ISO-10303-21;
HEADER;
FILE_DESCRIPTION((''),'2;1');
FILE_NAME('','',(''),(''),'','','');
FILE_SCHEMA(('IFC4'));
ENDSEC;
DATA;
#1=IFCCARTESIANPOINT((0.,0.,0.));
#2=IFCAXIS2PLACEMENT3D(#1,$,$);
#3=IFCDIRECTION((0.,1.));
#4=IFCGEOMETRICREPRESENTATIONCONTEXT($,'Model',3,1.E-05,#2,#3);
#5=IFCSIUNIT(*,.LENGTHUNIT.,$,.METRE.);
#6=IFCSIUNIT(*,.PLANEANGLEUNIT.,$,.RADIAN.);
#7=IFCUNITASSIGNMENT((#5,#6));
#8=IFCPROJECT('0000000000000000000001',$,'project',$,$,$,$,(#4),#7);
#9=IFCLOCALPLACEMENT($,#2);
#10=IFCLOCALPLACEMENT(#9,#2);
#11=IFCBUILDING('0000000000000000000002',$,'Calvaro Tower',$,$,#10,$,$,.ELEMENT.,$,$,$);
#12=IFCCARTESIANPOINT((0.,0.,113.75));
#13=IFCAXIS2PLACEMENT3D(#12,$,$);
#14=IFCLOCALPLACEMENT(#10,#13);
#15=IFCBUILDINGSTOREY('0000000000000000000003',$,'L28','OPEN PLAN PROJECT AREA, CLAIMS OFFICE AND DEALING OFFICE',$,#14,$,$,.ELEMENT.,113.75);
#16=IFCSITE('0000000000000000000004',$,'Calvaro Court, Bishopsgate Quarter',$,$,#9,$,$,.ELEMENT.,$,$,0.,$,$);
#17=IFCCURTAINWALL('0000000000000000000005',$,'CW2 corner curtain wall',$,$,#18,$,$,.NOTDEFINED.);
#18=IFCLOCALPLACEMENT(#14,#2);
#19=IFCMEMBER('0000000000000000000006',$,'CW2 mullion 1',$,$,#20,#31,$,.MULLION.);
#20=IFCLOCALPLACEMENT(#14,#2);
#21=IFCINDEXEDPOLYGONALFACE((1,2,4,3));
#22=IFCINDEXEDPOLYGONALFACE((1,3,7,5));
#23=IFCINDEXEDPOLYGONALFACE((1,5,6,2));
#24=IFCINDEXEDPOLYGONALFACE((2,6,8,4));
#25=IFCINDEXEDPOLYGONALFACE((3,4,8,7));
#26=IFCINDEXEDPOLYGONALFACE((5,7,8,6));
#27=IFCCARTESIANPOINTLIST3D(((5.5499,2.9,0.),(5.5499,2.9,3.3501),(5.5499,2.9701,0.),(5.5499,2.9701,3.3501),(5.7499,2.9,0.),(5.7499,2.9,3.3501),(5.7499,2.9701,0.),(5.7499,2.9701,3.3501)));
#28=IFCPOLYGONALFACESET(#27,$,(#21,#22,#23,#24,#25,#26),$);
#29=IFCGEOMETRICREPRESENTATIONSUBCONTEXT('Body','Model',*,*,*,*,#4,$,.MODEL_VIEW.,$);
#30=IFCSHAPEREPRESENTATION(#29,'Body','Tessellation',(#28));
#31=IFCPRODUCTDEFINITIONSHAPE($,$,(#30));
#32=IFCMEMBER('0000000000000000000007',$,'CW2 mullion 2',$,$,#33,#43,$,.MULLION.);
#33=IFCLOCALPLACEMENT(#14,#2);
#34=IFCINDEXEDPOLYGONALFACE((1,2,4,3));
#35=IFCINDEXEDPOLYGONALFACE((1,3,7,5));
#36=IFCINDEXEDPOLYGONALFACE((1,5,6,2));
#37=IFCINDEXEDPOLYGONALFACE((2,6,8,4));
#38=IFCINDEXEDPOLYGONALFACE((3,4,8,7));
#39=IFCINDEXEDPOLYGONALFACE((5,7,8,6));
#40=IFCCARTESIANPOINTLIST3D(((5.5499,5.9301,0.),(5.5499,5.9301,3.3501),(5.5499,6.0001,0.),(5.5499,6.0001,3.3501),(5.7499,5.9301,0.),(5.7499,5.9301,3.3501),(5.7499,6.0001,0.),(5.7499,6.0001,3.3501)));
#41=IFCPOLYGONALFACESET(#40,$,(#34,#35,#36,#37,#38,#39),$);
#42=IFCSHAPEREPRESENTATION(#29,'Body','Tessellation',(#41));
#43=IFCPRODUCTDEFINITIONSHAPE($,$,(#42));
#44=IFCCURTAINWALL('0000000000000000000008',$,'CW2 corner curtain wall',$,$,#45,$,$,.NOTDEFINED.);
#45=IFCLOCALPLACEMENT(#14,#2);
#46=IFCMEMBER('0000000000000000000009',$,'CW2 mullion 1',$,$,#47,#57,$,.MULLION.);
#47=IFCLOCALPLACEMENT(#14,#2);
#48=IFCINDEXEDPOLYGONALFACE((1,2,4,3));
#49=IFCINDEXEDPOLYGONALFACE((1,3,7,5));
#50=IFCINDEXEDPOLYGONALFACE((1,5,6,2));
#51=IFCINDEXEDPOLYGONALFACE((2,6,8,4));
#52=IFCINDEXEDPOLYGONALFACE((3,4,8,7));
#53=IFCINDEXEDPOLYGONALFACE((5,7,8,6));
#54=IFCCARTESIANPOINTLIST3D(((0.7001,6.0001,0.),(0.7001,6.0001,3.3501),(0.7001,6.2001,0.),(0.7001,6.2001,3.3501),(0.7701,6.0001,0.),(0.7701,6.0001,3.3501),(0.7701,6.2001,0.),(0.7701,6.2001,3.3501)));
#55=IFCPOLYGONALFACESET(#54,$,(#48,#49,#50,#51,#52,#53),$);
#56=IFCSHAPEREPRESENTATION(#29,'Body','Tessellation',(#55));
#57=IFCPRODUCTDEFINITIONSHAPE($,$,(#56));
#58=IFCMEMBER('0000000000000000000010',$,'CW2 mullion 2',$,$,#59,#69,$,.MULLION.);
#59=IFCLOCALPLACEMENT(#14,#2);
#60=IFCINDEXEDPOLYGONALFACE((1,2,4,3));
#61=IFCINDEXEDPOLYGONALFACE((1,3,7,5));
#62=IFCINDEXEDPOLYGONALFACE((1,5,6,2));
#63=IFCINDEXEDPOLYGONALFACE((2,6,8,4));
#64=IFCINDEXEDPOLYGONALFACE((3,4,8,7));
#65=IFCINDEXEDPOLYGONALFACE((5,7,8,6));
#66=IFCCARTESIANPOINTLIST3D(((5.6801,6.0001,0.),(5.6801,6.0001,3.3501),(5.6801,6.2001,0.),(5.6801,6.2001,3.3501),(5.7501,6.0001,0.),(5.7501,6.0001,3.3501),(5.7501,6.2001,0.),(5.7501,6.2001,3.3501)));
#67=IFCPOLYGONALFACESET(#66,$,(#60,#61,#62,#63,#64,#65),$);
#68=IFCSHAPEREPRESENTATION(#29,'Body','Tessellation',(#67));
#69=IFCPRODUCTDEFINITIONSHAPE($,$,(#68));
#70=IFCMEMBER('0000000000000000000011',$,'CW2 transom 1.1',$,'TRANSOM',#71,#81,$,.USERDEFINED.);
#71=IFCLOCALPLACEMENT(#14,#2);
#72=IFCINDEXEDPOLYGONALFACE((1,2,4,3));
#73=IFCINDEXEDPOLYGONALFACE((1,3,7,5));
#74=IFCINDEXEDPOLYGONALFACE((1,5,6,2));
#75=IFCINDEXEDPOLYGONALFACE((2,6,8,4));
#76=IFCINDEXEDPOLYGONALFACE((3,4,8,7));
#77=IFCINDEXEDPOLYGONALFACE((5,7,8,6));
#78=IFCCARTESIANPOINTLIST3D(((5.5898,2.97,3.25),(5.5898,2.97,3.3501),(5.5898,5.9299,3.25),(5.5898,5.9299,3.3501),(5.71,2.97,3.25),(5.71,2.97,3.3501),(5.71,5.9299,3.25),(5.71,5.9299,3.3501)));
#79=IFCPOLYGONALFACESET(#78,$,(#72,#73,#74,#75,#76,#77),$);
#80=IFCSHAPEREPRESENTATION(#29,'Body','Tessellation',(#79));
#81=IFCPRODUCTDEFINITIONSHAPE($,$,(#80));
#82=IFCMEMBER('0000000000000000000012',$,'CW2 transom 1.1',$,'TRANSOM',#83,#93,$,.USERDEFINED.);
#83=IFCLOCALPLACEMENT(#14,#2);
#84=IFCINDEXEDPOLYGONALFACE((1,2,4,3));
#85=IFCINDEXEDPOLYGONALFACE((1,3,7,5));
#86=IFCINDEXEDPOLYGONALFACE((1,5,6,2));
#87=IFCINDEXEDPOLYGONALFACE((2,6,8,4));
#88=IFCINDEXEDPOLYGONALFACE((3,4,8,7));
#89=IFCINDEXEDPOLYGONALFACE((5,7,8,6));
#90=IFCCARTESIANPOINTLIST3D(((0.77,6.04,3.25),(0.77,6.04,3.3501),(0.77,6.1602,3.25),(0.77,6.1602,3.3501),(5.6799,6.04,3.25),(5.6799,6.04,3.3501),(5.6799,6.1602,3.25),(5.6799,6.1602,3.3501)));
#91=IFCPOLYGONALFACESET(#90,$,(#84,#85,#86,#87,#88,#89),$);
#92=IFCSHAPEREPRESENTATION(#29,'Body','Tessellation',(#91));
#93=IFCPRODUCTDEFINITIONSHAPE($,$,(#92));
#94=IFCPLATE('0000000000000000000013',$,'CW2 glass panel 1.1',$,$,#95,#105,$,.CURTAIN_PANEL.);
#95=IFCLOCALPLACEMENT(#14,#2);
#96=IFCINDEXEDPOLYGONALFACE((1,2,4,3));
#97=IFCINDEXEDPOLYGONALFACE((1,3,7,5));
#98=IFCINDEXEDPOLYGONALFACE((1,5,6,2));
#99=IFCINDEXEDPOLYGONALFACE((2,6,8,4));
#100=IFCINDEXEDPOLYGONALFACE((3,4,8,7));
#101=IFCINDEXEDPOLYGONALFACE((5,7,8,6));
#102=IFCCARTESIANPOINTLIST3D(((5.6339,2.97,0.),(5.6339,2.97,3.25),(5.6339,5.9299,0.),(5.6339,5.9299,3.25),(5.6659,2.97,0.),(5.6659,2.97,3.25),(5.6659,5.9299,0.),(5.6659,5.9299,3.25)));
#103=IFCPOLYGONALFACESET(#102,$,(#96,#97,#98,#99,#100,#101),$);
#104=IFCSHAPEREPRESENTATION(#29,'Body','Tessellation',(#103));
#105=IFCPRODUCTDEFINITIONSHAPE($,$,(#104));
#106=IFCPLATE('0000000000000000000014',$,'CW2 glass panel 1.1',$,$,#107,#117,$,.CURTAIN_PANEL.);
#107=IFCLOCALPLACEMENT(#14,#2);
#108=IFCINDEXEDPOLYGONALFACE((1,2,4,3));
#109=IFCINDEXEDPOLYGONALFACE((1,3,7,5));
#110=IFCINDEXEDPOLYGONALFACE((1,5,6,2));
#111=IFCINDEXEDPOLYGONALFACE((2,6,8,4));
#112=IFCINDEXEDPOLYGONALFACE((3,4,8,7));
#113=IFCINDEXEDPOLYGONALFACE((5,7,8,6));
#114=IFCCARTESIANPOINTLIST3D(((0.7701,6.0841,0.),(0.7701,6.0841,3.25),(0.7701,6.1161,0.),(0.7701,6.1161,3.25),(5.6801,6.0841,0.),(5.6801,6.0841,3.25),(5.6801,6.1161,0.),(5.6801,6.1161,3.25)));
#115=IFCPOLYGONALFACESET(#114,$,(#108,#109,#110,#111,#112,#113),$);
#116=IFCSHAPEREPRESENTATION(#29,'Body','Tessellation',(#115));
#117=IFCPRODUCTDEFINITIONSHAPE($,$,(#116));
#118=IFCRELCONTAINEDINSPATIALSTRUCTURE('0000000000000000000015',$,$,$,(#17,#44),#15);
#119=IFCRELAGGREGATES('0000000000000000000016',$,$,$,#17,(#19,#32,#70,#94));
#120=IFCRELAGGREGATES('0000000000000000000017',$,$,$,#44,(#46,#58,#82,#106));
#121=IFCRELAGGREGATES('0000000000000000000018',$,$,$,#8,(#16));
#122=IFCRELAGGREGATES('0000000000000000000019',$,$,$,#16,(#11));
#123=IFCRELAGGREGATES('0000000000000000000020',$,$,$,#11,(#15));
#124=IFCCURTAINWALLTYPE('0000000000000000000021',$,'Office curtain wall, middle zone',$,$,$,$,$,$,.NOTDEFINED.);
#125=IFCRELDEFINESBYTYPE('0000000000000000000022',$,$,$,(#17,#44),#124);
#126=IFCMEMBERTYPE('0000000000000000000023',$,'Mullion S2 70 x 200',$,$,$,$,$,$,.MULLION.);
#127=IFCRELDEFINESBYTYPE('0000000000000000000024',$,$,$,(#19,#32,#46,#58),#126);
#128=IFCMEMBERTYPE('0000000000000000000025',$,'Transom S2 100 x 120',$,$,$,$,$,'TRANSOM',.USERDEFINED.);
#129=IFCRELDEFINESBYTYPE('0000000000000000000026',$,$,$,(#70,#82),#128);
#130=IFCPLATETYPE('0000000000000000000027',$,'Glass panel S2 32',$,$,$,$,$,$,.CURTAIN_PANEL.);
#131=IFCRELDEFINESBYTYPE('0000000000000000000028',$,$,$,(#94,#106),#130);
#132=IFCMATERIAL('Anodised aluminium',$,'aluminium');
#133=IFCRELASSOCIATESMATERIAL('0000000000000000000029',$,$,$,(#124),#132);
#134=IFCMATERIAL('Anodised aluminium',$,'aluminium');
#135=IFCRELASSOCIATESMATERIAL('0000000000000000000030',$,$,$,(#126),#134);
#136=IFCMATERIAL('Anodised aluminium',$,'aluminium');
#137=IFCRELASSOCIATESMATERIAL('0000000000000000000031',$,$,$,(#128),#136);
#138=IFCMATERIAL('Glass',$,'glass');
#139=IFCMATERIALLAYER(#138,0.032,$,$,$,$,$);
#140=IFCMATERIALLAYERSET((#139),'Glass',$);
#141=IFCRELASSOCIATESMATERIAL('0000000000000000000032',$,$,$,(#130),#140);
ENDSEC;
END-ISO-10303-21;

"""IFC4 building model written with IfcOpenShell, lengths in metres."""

from ifc_helpers import new_model, si_unit, direction, frame, origin, origin_2d, place, context, subcontext, project, spatial, rectangle, extrude, material, layer, layer_set, material_profile, profile_set, type_object, element, aggregate, save


model = new_model("IFC4")

# Units and contexts
model_context = context("Model", 3, precision=1e-05, world=origin(), true_north=direction((0.0, 1.0)))
body_context = subcontext(model_context, "Body", "Model", "MODEL_VIEW")
ifc_project = project(units=[si_unit("LENGTHUNIT", "METRE"), si_unit("PLANEANGLEUNIT", "RADIAN")], contexts=[model_context])

# Site, building, storey
site_placement = place(None, origin())
site = spatial("IfcSite", under=ifc_project, at=site_placement, Name="Calvaro Court, Bishopsgate Quarter", CompositionType="ELEMENT", RefElevation=0.0)
building_placement = place(site_placement, origin())
building = spatial("IfcBuilding", under=site, at=building_placement, Name="Calvaro Tower", CompositionType="ELEMENT")
storey_placement = place(building_placement, frame((0.0, 0.0, 113.75)))
storey = spatial("IfcBuildingStorey", under=building, at=storey_placement, Name="L28", Description="OPEN PLAN PROJECT AREA, CLAIMS OFFICE AND DEALING OFFICE", CompositionType="ELEMENT", Elevation=113.75)

# Curtain walls, members
ifc_material_1 = material(Name="Anodised aluminium", Category="aluminium")
curtain_wall_type = type_object("IfcCurtainWallType", Name="Office curtain wall, middle zone", PredefinedType="NOTDEFINED", material=ifc_material_1)
curtain_wall_1_placement = place(storey_placement, origin())
curtain_wall_1 = element("IfcCurtainWall", 1, at=curtain_wall_1_placement, inside=storey, type_object=curtain_wall_type, Name="CW2 corner curtain wall", PredefinedType="NOTDEFINED")
ifc_material_2 = material(Name="Anodised aluminium", Category="aluminium")
ifc_material_profile_1 = material_profile(ifc_material_2, rectangle(XDim=0.2, YDim=0.0701, at=origin_2d()), Name="Mullion S2 70 x 200")
ifc_profile_set_1 = profile_set([ifc_material_profile_1], Name="Anodised aluminium")
member_type_1 = type_object("IfcMemberType", Name="Mullion S2 70 x 200", PredefinedType="MULLION", material=ifc_profile_set_1)
member_1_placement = place(storey_placement, frame((5.6499, 2.9351, 0.0), z_axis=(0.0, 0.0, 1.0), x_axis=(-1.0, 0.0, 0.0)))
member_1 = element("IfcMember", 2, at=member_1_placement, type_object=member_type_1, Name="CW2 mullion 1", PredefinedType="MULLION", context=body_context, shape_type="SweptSolid", body=[
    extrude(rectangle(XDim=0.2, YDim=0.0701, at=origin_2d()), origin(), (0.0, 0.0, 1.0), 3.3501),
])
member_2_placement = place(storey_placement, frame((5.6499, 5.9651, 0.0), z_axis=(0.0, 0.0, 1.0), x_axis=(-1.0, 0.0, 0.0)))
member_2 = element("IfcMember", 3, at=member_2_placement, type_object=member_type_1, Name="CW2 mullion 2", PredefinedType="MULLION", context=body_context, shape_type="SweptSolid", body=[
    extrude(rectangle(XDim=0.2, YDim=0.0701, at=origin_2d()), origin(), (0.0, 0.0, 1.0), 3.3501),
])
curtain_wall_2_placement = place(storey_placement, origin())
curtain_wall_2 = element("IfcCurtainWall", 4, at=curtain_wall_2_placement, inside=storey, type_object=curtain_wall_type, Name="CW2 corner curtain wall", PredefinedType="NOTDEFINED")
member_3_placement = place(storey_placement, frame((0.7351, 6.1001, 0.0), z_axis=(0.0, 0.0, 1.0), x_axis=(0.0, 1.0, 0.0)))
member_3 = element("IfcMember", 5, at=member_3_placement, type_object=member_type_1, Name="CW2 mullion 1", PredefinedType="MULLION", context=body_context, shape_type="SweptSolid", body=[
    extrude(rectangle(XDim=0.2, YDim=0.0701, at=origin_2d()), origin(), (0.0, 0.0, 1.0), 3.3501),
])
member_4_placement = place(storey_placement, frame((5.7151, 6.1001, 0.0), z_axis=(0.0, 0.0, 1.0), x_axis=(0.0, 1.0, 0.0)))
member_4 = element("IfcMember", 6, at=member_4_placement, type_object=member_type_1, Name="CW2 mullion 2", PredefinedType="MULLION", context=body_context, shape_type="SweptSolid", body=[
    extrude(rectangle(XDim=0.2, YDim=0.0701, at=origin_2d()), origin(), (0.0, 0.0, 1.0), 3.3501),
])

# Members
ifc_material_3 = material(Name="Anodised aluminium", Category="aluminium")
ifc_material_profile_2 = material_profile(ifc_material_3, rectangle(XDim=0.1201, YDim=0.1001, at=origin_2d()), Name="Transom S2 100 x 120")
ifc_profile_set_2 = profile_set([ifc_material_profile_2], Name="Anodised aluminium")
member_type_2 = type_object("IfcMemberType", Name="Transom S2 100 x 120", ElementType="TRANSOM", PredefinedType="USERDEFINED", material=ifc_profile_set_2)
member_5_placement = place(storey_placement, frame((5.6499, 2.97, 3.3), z_axis=(0.0, 1.0, 0.0), x_axis=(-1.0, 0.0, 0.0)))
member_5 = element("IfcMember", 7, at=member_5_placement, type_object=member_type_2, Name="CW2 transom 1.1", ObjectType="TRANSOM", PredefinedType="USERDEFINED", context=body_context, shape_type="SweptSolid", body=[
    extrude(rectangle(XDim=0.1201, YDim=0.1001, at=origin_2d()), origin(), (0.0, 0.0, 1.0), 2.96),
])
member_6_placement = place(storey_placement, frame((0.77, 6.1001, 3.3), z_axis=(1.0, 0.0, 0.0), x_axis=(0.0, 1.0, 0.0)))
member_6 = element("IfcMember", 8, at=member_6_placement, type_object=member_type_2, Name="CW2 transom 1.1", ObjectType="TRANSOM", PredefinedType="USERDEFINED", context=body_context, shape_type="SweptSolid", body=[
    extrude(rectangle(XDim=0.1201, YDim=0.1001, at=origin_2d()), origin(), (0.0, 0.0, 1.0), 4.9099),
])

# Plates
ifc_material_4 = material(Name="Glass", Category="glass")
ifc_layer_1 = layer(ifc_material_4, 0.032)
ifc_layer_set_1 = layer_set([ifc_layer_1], Name="Glass")
plate_type = type_object("IfcPlateType", Name="Glass panel S2 32", PredefinedType="CURTAIN_PANEL", material=ifc_layer_set_1)
plate_1_placement = place(storey_placement, frame((5.6499, 4.45, 0.0), z_axis=(0.0, 0.0, 1.0), x_axis=(0.0, 1.0, 0.0)))
plate_1 = element("IfcPlate", 9, at=plate_1_placement, type_object=plate_type, Name="CW2 glass panel 1.1", PredefinedType="CURTAIN_PANEL", context=body_context, shape_type="SweptSolid", body=[
    extrude(rectangle(XDim=2.96, YDim=0.032, at=origin_2d()), origin(), (0.0, 0.0, 1.0), 3.25),
])
aggregate(curtain_wall_1, [member_1, member_2, member_5, plate_1])
plate_2_placement = place(storey_placement, frame((3.2251, 6.1001, 0.0), z_axis=(0.0, 0.0, 1.0), x_axis=(1.0, 0.0, 0.0)))
plate_2 = element("IfcPlate", 10, at=plate_2_placement, type_object=plate_type, Name="CW2 glass panel 1.1", PredefinedType="CURTAIN_PANEL", context=body_context, shape_type="SweptSolid", body=[
    extrude(rectangle(XDim=4.9099, YDim=0.032, at=origin_2d()), origin(), (0.0, 0.0, 1.0), 3.25),
])
aggregate(curtain_wall_2, [member_3, member_4, member_6, plate_2])

save(model, "model.ifc")
